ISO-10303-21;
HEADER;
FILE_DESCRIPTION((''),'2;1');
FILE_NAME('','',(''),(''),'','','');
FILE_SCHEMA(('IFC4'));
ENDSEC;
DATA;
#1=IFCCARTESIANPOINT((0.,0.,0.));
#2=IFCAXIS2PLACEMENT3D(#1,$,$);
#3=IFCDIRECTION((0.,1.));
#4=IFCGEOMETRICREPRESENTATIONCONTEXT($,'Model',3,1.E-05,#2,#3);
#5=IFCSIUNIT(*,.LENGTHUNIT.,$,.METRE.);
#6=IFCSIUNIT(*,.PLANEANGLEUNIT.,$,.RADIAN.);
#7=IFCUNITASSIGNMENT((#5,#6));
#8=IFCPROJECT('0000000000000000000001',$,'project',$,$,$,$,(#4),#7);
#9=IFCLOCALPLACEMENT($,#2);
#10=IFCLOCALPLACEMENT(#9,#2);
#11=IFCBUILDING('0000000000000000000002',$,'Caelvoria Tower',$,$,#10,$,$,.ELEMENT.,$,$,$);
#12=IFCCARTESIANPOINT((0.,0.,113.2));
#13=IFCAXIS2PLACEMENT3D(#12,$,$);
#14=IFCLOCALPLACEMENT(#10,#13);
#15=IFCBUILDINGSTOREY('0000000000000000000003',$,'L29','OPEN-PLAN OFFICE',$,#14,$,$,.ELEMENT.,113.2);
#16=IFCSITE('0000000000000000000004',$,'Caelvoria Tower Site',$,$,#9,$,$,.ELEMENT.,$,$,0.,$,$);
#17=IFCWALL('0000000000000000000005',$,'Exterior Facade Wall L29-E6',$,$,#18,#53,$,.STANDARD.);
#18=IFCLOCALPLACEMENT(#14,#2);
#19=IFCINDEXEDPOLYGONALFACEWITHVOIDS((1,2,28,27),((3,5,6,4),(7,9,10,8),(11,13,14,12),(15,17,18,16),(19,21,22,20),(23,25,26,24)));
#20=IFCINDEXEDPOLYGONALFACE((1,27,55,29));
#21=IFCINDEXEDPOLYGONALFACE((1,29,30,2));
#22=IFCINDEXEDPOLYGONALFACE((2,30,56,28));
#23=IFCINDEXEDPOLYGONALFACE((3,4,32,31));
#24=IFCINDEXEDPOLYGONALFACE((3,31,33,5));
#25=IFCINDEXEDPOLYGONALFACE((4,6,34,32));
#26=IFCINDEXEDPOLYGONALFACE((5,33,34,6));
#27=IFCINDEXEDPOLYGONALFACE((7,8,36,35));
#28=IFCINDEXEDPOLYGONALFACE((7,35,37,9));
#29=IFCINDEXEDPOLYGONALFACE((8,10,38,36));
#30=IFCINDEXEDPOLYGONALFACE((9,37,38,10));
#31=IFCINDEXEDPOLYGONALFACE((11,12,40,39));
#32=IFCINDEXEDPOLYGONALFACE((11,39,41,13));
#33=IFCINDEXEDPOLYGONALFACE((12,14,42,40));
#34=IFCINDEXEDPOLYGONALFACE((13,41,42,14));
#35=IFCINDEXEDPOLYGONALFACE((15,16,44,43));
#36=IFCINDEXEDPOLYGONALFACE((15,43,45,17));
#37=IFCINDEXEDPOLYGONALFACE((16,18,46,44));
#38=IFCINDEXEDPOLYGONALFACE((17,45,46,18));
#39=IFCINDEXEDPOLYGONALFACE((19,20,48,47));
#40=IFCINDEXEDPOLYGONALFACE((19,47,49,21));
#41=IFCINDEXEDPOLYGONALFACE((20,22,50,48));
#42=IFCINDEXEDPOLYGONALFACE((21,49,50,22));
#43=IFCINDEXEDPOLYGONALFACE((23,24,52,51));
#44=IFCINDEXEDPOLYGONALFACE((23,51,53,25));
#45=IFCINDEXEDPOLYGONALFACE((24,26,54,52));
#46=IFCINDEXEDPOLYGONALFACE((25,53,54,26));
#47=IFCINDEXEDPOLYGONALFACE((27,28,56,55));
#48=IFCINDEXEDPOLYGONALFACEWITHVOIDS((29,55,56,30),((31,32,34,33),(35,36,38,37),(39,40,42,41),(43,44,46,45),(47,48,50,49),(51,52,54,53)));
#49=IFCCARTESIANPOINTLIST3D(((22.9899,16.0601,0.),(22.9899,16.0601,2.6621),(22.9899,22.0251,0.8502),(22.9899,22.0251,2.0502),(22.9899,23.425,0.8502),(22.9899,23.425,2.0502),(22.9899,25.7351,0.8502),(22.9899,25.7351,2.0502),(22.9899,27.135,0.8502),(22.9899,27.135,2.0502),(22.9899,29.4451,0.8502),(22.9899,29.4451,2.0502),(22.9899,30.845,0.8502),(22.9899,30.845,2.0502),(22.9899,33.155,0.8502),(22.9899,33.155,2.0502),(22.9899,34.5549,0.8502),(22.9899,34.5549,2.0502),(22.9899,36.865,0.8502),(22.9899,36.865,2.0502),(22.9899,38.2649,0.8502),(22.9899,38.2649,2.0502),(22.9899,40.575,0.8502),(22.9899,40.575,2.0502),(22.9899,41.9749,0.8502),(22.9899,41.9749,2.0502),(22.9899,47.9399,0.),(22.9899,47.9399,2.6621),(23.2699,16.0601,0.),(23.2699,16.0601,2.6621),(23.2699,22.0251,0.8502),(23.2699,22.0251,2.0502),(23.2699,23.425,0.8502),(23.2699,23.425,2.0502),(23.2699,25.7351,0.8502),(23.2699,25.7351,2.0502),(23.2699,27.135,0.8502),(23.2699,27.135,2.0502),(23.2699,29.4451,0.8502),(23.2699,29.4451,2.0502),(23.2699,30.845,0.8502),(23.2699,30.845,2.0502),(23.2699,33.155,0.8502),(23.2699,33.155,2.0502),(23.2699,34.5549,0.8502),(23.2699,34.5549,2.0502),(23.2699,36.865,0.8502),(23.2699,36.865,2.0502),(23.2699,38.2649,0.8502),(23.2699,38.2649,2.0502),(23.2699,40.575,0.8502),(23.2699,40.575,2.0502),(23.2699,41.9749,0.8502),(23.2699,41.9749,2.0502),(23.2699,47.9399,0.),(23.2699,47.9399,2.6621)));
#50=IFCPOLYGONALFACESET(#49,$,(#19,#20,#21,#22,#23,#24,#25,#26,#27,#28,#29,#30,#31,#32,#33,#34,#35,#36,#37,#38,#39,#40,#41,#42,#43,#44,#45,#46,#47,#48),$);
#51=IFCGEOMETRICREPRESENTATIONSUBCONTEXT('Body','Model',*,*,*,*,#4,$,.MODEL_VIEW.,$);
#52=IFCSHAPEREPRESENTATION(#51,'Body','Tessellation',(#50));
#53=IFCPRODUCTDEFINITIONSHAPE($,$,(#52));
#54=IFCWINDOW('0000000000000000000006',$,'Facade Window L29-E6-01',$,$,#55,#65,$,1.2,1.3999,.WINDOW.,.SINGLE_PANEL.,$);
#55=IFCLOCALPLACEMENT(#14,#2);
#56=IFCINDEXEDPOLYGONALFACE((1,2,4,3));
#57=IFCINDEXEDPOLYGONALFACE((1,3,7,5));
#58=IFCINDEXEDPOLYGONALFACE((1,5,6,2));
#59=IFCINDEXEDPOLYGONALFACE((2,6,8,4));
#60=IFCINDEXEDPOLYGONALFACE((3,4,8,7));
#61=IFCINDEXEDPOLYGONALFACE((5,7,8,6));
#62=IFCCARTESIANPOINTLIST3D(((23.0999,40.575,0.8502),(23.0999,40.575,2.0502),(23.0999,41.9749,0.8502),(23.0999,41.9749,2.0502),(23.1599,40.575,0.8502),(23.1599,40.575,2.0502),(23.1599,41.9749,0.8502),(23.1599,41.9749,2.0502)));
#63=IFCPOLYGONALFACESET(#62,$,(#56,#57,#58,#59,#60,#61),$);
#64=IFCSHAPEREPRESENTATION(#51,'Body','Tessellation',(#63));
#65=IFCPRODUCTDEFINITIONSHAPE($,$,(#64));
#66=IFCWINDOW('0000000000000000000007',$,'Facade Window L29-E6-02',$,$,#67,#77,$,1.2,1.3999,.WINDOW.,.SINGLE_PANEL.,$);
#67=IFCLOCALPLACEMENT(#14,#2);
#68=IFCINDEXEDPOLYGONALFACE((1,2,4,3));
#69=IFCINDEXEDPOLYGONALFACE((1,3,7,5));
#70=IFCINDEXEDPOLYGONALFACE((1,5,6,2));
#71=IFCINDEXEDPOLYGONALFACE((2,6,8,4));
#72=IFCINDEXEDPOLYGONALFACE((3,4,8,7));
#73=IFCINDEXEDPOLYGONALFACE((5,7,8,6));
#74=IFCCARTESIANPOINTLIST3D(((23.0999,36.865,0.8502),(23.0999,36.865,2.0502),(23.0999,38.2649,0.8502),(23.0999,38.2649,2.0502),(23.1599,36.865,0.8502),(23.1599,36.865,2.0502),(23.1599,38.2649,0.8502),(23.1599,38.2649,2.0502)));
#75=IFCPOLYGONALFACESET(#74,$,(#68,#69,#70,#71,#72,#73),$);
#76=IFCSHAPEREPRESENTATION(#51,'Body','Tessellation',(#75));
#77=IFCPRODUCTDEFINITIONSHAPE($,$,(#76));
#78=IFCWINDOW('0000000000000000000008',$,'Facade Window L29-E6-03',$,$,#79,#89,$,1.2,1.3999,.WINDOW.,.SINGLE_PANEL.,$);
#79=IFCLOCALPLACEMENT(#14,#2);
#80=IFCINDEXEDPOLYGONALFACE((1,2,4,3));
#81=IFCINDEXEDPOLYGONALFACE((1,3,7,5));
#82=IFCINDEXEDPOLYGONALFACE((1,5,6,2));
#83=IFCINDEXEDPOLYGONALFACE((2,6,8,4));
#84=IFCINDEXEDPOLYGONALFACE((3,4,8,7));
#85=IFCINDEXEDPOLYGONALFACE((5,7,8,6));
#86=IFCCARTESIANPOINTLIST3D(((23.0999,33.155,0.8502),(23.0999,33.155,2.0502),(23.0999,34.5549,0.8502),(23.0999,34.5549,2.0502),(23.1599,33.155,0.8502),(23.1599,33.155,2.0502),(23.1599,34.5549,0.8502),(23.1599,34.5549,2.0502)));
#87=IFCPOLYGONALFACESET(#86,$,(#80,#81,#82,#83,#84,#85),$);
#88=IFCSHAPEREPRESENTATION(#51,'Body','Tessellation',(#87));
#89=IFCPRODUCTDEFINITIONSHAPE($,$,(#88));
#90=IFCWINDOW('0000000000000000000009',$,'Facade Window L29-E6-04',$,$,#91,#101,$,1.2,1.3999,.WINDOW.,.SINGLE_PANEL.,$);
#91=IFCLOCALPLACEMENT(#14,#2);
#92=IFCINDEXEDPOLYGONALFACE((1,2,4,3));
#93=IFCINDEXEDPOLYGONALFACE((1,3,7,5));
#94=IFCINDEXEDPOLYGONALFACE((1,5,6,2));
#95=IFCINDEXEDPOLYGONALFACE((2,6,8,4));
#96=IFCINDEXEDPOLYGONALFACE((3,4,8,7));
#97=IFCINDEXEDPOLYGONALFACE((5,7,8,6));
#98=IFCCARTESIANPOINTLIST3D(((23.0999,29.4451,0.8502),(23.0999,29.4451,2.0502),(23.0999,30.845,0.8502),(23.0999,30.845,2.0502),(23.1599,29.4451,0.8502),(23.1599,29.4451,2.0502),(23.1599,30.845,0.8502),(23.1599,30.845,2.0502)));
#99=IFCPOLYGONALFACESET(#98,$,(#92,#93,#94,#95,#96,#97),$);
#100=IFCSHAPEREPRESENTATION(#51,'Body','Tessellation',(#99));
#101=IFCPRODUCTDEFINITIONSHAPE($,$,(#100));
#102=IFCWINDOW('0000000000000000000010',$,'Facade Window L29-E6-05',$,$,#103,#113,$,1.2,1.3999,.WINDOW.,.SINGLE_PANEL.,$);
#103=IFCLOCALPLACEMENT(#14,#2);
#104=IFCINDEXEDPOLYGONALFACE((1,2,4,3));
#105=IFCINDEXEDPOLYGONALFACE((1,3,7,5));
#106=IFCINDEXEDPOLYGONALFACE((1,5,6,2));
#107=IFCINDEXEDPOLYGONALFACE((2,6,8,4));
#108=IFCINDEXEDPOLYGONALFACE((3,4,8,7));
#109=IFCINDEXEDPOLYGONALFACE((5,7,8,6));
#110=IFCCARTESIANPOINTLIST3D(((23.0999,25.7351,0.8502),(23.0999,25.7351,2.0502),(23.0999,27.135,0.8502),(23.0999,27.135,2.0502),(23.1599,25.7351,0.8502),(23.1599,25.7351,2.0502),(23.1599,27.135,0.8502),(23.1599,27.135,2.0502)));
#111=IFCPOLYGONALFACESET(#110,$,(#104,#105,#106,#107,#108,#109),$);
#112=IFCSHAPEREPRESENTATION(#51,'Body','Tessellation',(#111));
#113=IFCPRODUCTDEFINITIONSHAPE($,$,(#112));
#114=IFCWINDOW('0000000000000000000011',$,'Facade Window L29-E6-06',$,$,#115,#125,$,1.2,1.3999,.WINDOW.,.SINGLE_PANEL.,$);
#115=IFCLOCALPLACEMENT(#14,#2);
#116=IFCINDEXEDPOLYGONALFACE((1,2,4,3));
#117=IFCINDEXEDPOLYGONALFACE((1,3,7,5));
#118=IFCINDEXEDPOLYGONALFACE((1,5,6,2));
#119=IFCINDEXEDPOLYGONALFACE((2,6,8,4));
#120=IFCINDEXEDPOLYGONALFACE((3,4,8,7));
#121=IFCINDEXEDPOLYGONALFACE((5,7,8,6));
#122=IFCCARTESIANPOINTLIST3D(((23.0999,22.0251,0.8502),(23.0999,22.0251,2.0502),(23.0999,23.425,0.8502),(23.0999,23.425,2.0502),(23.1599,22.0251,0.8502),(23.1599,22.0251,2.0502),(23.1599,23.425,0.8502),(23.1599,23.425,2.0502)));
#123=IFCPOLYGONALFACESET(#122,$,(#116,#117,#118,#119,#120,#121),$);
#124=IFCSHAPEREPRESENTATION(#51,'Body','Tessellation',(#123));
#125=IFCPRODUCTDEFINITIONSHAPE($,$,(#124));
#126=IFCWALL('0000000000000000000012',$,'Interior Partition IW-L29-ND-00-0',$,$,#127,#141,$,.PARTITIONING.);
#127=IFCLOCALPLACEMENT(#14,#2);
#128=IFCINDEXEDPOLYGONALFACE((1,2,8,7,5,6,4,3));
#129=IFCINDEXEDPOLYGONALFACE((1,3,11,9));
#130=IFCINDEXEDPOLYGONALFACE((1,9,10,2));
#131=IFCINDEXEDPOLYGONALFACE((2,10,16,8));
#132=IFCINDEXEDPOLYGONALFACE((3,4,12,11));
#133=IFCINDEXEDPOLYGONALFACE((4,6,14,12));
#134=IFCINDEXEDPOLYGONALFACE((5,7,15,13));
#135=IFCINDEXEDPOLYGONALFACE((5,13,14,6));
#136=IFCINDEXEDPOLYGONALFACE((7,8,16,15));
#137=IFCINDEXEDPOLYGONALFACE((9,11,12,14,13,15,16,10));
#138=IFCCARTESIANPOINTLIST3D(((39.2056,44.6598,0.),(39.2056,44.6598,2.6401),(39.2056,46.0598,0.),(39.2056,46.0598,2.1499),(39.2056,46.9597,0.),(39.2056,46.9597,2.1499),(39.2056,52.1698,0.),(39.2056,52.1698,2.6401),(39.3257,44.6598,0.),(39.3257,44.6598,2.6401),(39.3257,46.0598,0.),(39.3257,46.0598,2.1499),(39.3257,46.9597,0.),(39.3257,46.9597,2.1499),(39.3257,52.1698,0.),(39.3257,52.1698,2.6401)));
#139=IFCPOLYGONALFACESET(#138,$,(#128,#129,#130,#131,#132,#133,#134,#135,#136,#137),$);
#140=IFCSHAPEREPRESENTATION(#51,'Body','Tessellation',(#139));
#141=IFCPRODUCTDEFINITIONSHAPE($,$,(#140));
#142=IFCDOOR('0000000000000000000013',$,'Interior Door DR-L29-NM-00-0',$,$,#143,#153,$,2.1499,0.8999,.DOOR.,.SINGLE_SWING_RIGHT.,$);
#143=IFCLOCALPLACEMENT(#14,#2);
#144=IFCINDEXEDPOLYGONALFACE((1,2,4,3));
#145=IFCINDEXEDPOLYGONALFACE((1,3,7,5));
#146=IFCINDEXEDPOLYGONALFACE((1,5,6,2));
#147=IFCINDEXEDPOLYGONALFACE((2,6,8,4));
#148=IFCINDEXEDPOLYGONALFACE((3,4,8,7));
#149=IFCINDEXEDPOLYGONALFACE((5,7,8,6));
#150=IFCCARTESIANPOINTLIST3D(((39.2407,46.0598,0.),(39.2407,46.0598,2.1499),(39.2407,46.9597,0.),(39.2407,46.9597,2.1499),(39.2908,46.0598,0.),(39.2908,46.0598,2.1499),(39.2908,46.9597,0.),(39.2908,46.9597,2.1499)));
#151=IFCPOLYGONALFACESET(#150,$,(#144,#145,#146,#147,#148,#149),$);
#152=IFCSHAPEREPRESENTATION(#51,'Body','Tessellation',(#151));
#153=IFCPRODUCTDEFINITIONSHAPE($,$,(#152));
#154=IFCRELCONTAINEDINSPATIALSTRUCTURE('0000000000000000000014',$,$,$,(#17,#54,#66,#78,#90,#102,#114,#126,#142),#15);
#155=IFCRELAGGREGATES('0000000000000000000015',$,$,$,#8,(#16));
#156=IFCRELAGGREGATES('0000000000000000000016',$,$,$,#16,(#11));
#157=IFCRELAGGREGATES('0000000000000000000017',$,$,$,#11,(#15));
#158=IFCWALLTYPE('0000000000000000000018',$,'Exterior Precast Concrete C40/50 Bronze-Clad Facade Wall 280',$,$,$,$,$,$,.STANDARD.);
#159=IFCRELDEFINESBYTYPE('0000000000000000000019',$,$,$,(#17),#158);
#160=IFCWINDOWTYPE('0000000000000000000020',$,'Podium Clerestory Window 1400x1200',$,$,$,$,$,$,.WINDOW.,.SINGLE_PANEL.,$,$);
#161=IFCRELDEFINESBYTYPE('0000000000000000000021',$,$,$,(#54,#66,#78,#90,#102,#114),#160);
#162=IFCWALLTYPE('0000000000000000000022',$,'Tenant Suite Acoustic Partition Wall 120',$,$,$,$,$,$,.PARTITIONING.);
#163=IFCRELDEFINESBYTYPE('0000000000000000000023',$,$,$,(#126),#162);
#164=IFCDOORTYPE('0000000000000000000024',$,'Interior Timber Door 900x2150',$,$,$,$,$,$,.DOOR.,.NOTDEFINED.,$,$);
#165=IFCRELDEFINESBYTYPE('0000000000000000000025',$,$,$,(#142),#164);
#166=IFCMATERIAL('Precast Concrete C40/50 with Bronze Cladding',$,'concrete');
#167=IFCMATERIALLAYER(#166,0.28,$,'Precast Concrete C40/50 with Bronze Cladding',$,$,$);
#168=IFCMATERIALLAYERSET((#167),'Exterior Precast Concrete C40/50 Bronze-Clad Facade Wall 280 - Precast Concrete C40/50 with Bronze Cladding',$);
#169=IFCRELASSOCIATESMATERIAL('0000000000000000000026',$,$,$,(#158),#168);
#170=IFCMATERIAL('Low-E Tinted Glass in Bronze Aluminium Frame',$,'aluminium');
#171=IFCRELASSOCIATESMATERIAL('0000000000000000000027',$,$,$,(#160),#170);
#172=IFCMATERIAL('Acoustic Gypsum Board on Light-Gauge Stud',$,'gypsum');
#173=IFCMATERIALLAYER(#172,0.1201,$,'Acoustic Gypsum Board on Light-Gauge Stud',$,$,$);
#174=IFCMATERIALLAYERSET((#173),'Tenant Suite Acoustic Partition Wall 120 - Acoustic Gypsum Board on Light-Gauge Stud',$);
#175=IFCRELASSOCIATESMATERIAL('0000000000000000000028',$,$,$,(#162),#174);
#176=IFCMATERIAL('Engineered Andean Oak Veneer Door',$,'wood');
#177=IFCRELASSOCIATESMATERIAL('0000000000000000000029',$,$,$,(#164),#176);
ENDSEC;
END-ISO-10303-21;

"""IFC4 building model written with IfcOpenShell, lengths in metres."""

from ifc_helpers import new_model, si_unit, direction, frame, frame_2d, origin, place, context, subcontext, project, spatial, rectangle, extrude, material, layer, layer_set, type_object, element, fill, save


model = new_model("IFC4")

# Units and contexts
model_context = context("Model", 3, precision=1e-05, world=origin(), true_north=direction((0.0, 1.0)))
body_context = subcontext(model_context, "Body", "Model", "MODEL_VIEW")
ifc_project = project(units=[si_unit("LENGTHUNIT", "METRE"), si_unit("PLANEANGLEUNIT", "RADIAN")], contexts=[model_context])

# Site, building, storey
site_placement = place(None, origin())
site = spatial("IfcSite", under=ifc_project, at=site_placement, Name="Caelvoria Tower Site", CompositionType="ELEMENT", RefElevation=0.0)
building_placement = place(site_placement, origin())
building = spatial("IfcBuilding", under=site, at=building_placement, Name="Caelvoria Tower", CompositionType="ELEMENT")
storey_placement = place(building_placement, frame((0.0, 0.0, 113.2)))
storey = spatial("IfcBuildingStorey", under=building, at=storey_placement, Name="L29", Description="OPEN-PLAN OFFICE", CompositionType="ELEMENT", Elevation=113.2)

# Shared definitions
ifc_material_1 = material(Name="Precast Concrete C40/50 with Bronze Cladding", Category="concrete")
ifc_layer_1 = layer(ifc_material_1, 0.28, Name="Precast Concrete C40/50 with Bronze Cladding")
ifc_layer_set_1 = layer_set([ifc_layer_1], Name="Exterior Precast Concrete C40/50 Bronze-Clad Facade Wall 280 - Precast Concrete C40/50 with Bronze Cladding")
wall_type_1 = type_object("IfcWallType", Name="Exterior Precast Concrete C40/50 Bronze-Clad Facade Wall 280", PredefinedType="STANDARD", material=ifc_layer_set_1)

# Wall, openings, windows
wall_1_placement = place(storey_placement, frame((23.1299, 47.9399, 0.0), z_axis=(0.0, 0.0, 1.0), x_axis=(0.0, -1.0, 0.0)))
wall_1 = element("IfcWall", 1, at=wall_1_placement, inside=storey, type_object=wall_type_1, Name="Exterior Facade Wall L29-E6", PredefinedType="STANDARD", context=body_context, shape_type="SweptSolid", body=[
    extrude(rectangle(XDim=31.8799, YDim=0.28, at=frame_2d((15.9399, 0.0))), origin(), (0.0, 0.0, 1.0), 2.6621),
])
opening_1_placement = place(wall_1_placement, frame((5.9651, 0.0, 0.8501)))
opening_1 = element("IfcOpeningElement", 2, at=opening_1_placement, cuts=wall_1, PredefinedType="OPENING", context=body_context, shape_type="SweptSolid", body=[
    extrude(rectangle(XDim=1.3999, YDim=1.2, at=frame_2d((0.7, 0.6001))), frame((0.0, 0.1499, 0.0), z_axis=(0.0, -1.0, 0.0), x_axis=(1.0, 0.0, 0.0)), (0.0, 0.0, 1.0), 0.3),
])
opening_2_placement = place(wall_1_placement, frame((9.675, 0.0, 0.8501)))
opening_2 = element("IfcOpeningElement", 3, at=opening_2_placement, cuts=wall_1, PredefinedType="OPENING", context=body_context, shape_type="SweptSolid", body=[
    extrude(rectangle(XDim=1.3999, YDim=1.2, at=frame_2d((0.7, 0.6001))), frame((0.0, 0.1499, 0.0), z_axis=(0.0, -1.0, 0.0), x_axis=(1.0, 0.0, 0.0)), (0.0, 0.0, 1.0), 0.3),
])
opening_3_placement = place(wall_1_placement, frame((13.385, 0.0, 0.8501)))
opening_3 = element("IfcOpeningElement", 4, at=opening_3_placement, cuts=wall_1, PredefinedType="OPENING", context=body_context, shape_type="SweptSolid", body=[
    extrude(rectangle(XDim=1.3999, YDim=1.2, at=frame_2d((0.7, 0.6001))), frame((0.0, 0.1499, 0.0), z_axis=(0.0, -1.0, 0.0), x_axis=(1.0, 0.0, 0.0)), (0.0, 0.0, 1.0), 0.3),
])
opening_4_placement = place(wall_1_placement, frame((17.095, 0.0, 0.8501)))
opening_4 = element("IfcOpeningElement", 5, at=opening_4_placement, cuts=wall_1, PredefinedType="OPENING", context=body_context, shape_type="SweptSolid", body=[
    extrude(rectangle(XDim=1.3999, YDim=1.2, at=frame_2d((0.7, 0.6001))), frame((0.0, 0.1499, 0.0), z_axis=(0.0, -1.0, 0.0), x_axis=(1.0, 0.0, 0.0)), (0.0, 0.0, 1.0), 0.3),
])
opening_5_placement = place(wall_1_placement, frame((20.8049, 0.0, 0.8501)))
opening_5 = element("IfcOpeningElement", 6, at=opening_5_placement, cuts=wall_1, PredefinedType="OPENING", context=body_context, shape_type="SweptSolid", body=[
    extrude(rectangle(XDim=1.3999, YDim=1.2, at=frame_2d((0.7, 0.6001))), frame((0.0, 0.1499, 0.0), z_axis=(0.0, -1.0, 0.0), x_axis=(1.0, 0.0, 0.0)), (0.0, 0.0, 1.0), 0.3),
])
opening_6_placement = place(wall_1_placement, frame((24.5149, 0.0, 0.8501)))
opening_6 = element("IfcOpeningElement", 7, at=opening_6_placement, cuts=wall_1, PredefinedType="OPENING", context=body_context, shape_type="SweptSolid", body=[
    extrude(rectangle(XDim=1.3999, YDim=1.2, at=frame_2d((0.7, 0.6001))), frame((0.0, 0.1499, 0.0), z_axis=(0.0, -1.0, 0.0), x_axis=(1.0, 0.0, 0.0)), (0.0, 0.0, 1.0), 0.3),
])
ifc_material_2 = material(Name="Low-E Tinted Glass in Bronze Aluminium Frame", Category="aluminium")
window_type = type_object("IfcWindowType", Name="Podium Clerestory Window 1400x1200", PartitioningType="SINGLE_PANEL", PredefinedType="WINDOW", material=ifc_material_2)
window_1_placement = place(opening_1_placement, origin())
window_1 = element("IfcWindow", 8, at=window_1_placement, inside=storey, type_object=window_type, Name="Facade Window L29-E6-01", OverallHeight=1.2, OverallWidth=1.3999, PartitioningType="SINGLE_PANEL", PredefinedType="WINDOW", context=body_context, shape_type="SweptSolid", body=[
    extrude(rectangle(XDim=1.3999, YDim=1.2, at=frame_2d((0.7, 0.6001))), frame((0.0, 0.03, 0.0), z_axis=(0.0, -1.0, 0.0), x_axis=(1.0, 0.0, 0.0)), (0.0, 0.0, 1.0), 0.0601),
])
fill(opening_1, window_1)
window_2_placement = place(opening_2_placement, origin())
window_2 = element("IfcWindow", 9, at=window_2_placement, inside=storey, type_object=window_type, Name="Facade Window L29-E6-02", OverallHeight=1.2, OverallWidth=1.3999, PartitioningType="SINGLE_PANEL", PredefinedType="WINDOW", context=body_context, shape_type="SweptSolid", body=[
    extrude(rectangle(XDim=1.3999, YDim=1.2, at=frame_2d((0.7, 0.6001))), frame((0.0, 0.03, 0.0), z_axis=(0.0, -1.0, 0.0), x_axis=(1.0, 0.0, 0.0)), (0.0, 0.0, 1.0), 0.0601),
])
fill(opening_2, window_2)
window_3_placement = place(opening_3_placement, origin())
window_3 = element("IfcWindow", 10, at=window_3_placement, inside=storey, type_object=window_type, Name="Facade Window L29-E6-03", OverallHeight=1.2, OverallWidth=1.3999, PartitioningType="SINGLE_PANEL", PredefinedType="WINDOW", context=body_context, shape_type="SweptSolid", body=[
    extrude(rectangle(XDim=1.3999, YDim=1.2, at=frame_2d((0.7, 0.6001))), frame((0.0, 0.03, 0.0), z_axis=(0.0, -1.0, 0.0), x_axis=(1.0, 0.0, 0.0)), (0.0, 0.0, 1.0), 0.0601),
])
fill(opening_3, window_3)
window_4_placement = place(opening_4_placement, origin())
window_4 = element("IfcWindow", 11, at=window_4_placement, inside=storey, type_object=window_type, Name="Facade Window L29-E6-04", OverallHeight=1.2, OverallWidth=1.3999, PartitioningType="SINGLE_PANEL", PredefinedType="WINDOW", context=body_context, shape_type="SweptSolid", body=[
    extrude(rectangle(XDim=1.3999, YDim=1.2, at=frame_2d((0.7, 0.6001))), frame((0.0, 0.03, 0.0), z_axis=(0.0, -1.0, 0.0), x_axis=(1.0, 0.0, 0.0)), (0.0, 0.0, 1.0), 0.0601),
])
fill(opening_4, window_4)
window_5_placement = place(opening_5_placement, origin())
window_5 = element("IfcWindow", 12, at=window_5_placement, inside=storey, type_object=window_type, Name="Facade Window L29-E6-05", OverallHeight=1.2, OverallWidth=1.3999, PartitioningType="SINGLE_PANEL", PredefinedType="WINDOW", context=body_context, shape_type="SweptSolid", body=[
    extrude(rectangle(XDim=1.3999, YDim=1.2, at=frame_2d((0.7, 0.6001))), frame((0.0, 0.03, 0.0), z_axis=(0.0, -1.0, 0.0), x_axis=(1.0, 0.0, 0.0)), (0.0, 0.0, 1.0), 0.0601),
])
fill(opening_5, window_5)
window_6_placement = place(opening_6_placement, origin())
window_6 = element("IfcWindow", 13, at=window_6_placement, inside=storey, type_object=window_type, Name="Facade Window L29-E6-06", OverallHeight=1.2, OverallWidth=1.3999, PartitioningType="SINGLE_PANEL", PredefinedType="WINDOW", context=body_context, shape_type="SweptSolid", body=[
    extrude(rectangle(XDim=1.3999, YDim=1.2, at=frame_2d((0.7, 0.6001))), frame((0.0, 0.03, 0.0), z_axis=(0.0, -1.0, 0.0), x_axis=(1.0, 0.0, 0.0)), (0.0, 0.0, 1.0), 0.0601),
])
fill(opening_6, window_6)

# Wall, opening, door
ifc_material_3 = material(Name="Acoustic Gypsum Board on Light-Gauge Stud", Category="gypsum")
ifc_layer_2 = layer(ifc_material_3, 0.1201, Name="Acoustic Gypsum Board on Light-Gauge Stud")
ifc_layer_set_2 = layer_set([ifc_layer_2], Name="Tenant Suite Acoustic Partition Wall 120 - Acoustic Gypsum Board on Light-Gauge Stud")
wall_type_2 = type_object("IfcWallType", Name="Tenant Suite Acoustic Partition Wall 120", PredefinedType="PARTITIONING", material=ifc_layer_set_2)
wall_2_placement = place(storey_placement, frame((39.2656, 44.6599, 0.0), z_axis=(0.0, 0.0, 1.0), x_axis=(0.0, 1.0, 0.0)))
wall_2 = element("IfcWall", 14, at=wall_2_placement, inside=storey, type_object=wall_type_2, Name="Interior Partition IW-L29-ND-00-0", PredefinedType="PARTITIONING", context=body_context, shape_type="SweptSolid", body=[
    extrude(rectangle(XDim=7.51, YDim=0.1201, at=frame_2d((3.7549, 0.0))), origin(), (0.0, 0.0, 1.0), 2.6401),
])
opening_7_placement = place(wall_2_placement, frame((1.3999, 0.0, 0.0)))
opening_7 = element("IfcOpeningElement", 15, at=opening_7_placement, cuts=wall_2, PredefinedType="OPENING", context=body_context, shape_type="SweptSolid", body=[
    extrude(rectangle(XDim=0.8999, YDim=2.1499, at=frame_2d((0.45, 1.075))), frame((0.0, 0.0701, 0.0), z_axis=(0.0, -1.0, 0.0), x_axis=(1.0, 0.0, 0.0)), (0.0, 0.0, 1.0), 0.1401),
])
ifc_material_4 = material(Name="Engineered Andean Oak Veneer Door", Category="wood")
door_type = type_object("IfcDoorType", Name="Interior Timber Door 900x2150", OperationType="NOTDEFINED", PredefinedType="DOOR", material=ifc_material_4)
door_placement = place(opening_7_placement, origin())
door = element("IfcDoor", 16, at=door_placement, inside=storey, type_object=door_type, Name="Interior Door DR-L29-NM-00-0", OperationType="SINGLE_SWING_RIGHT", OverallHeight=2.1499, OverallWidth=0.8999, PredefinedType="DOOR", context=body_context, shape_type="SweptSolid", body=[
    extrude(rectangle(XDim=0.8999, YDim=2.1499, at=frame_2d((0.45, 1.075))), frame((0.0, 0.0249, 0.0), z_axis=(0.0, -1.0, 0.0), x_axis=(1.0, 0.0, 0.0)), (0.0, 0.0, 1.0), 0.05),
])
fill(opening_7, door)

save(model, "model.ifc")
